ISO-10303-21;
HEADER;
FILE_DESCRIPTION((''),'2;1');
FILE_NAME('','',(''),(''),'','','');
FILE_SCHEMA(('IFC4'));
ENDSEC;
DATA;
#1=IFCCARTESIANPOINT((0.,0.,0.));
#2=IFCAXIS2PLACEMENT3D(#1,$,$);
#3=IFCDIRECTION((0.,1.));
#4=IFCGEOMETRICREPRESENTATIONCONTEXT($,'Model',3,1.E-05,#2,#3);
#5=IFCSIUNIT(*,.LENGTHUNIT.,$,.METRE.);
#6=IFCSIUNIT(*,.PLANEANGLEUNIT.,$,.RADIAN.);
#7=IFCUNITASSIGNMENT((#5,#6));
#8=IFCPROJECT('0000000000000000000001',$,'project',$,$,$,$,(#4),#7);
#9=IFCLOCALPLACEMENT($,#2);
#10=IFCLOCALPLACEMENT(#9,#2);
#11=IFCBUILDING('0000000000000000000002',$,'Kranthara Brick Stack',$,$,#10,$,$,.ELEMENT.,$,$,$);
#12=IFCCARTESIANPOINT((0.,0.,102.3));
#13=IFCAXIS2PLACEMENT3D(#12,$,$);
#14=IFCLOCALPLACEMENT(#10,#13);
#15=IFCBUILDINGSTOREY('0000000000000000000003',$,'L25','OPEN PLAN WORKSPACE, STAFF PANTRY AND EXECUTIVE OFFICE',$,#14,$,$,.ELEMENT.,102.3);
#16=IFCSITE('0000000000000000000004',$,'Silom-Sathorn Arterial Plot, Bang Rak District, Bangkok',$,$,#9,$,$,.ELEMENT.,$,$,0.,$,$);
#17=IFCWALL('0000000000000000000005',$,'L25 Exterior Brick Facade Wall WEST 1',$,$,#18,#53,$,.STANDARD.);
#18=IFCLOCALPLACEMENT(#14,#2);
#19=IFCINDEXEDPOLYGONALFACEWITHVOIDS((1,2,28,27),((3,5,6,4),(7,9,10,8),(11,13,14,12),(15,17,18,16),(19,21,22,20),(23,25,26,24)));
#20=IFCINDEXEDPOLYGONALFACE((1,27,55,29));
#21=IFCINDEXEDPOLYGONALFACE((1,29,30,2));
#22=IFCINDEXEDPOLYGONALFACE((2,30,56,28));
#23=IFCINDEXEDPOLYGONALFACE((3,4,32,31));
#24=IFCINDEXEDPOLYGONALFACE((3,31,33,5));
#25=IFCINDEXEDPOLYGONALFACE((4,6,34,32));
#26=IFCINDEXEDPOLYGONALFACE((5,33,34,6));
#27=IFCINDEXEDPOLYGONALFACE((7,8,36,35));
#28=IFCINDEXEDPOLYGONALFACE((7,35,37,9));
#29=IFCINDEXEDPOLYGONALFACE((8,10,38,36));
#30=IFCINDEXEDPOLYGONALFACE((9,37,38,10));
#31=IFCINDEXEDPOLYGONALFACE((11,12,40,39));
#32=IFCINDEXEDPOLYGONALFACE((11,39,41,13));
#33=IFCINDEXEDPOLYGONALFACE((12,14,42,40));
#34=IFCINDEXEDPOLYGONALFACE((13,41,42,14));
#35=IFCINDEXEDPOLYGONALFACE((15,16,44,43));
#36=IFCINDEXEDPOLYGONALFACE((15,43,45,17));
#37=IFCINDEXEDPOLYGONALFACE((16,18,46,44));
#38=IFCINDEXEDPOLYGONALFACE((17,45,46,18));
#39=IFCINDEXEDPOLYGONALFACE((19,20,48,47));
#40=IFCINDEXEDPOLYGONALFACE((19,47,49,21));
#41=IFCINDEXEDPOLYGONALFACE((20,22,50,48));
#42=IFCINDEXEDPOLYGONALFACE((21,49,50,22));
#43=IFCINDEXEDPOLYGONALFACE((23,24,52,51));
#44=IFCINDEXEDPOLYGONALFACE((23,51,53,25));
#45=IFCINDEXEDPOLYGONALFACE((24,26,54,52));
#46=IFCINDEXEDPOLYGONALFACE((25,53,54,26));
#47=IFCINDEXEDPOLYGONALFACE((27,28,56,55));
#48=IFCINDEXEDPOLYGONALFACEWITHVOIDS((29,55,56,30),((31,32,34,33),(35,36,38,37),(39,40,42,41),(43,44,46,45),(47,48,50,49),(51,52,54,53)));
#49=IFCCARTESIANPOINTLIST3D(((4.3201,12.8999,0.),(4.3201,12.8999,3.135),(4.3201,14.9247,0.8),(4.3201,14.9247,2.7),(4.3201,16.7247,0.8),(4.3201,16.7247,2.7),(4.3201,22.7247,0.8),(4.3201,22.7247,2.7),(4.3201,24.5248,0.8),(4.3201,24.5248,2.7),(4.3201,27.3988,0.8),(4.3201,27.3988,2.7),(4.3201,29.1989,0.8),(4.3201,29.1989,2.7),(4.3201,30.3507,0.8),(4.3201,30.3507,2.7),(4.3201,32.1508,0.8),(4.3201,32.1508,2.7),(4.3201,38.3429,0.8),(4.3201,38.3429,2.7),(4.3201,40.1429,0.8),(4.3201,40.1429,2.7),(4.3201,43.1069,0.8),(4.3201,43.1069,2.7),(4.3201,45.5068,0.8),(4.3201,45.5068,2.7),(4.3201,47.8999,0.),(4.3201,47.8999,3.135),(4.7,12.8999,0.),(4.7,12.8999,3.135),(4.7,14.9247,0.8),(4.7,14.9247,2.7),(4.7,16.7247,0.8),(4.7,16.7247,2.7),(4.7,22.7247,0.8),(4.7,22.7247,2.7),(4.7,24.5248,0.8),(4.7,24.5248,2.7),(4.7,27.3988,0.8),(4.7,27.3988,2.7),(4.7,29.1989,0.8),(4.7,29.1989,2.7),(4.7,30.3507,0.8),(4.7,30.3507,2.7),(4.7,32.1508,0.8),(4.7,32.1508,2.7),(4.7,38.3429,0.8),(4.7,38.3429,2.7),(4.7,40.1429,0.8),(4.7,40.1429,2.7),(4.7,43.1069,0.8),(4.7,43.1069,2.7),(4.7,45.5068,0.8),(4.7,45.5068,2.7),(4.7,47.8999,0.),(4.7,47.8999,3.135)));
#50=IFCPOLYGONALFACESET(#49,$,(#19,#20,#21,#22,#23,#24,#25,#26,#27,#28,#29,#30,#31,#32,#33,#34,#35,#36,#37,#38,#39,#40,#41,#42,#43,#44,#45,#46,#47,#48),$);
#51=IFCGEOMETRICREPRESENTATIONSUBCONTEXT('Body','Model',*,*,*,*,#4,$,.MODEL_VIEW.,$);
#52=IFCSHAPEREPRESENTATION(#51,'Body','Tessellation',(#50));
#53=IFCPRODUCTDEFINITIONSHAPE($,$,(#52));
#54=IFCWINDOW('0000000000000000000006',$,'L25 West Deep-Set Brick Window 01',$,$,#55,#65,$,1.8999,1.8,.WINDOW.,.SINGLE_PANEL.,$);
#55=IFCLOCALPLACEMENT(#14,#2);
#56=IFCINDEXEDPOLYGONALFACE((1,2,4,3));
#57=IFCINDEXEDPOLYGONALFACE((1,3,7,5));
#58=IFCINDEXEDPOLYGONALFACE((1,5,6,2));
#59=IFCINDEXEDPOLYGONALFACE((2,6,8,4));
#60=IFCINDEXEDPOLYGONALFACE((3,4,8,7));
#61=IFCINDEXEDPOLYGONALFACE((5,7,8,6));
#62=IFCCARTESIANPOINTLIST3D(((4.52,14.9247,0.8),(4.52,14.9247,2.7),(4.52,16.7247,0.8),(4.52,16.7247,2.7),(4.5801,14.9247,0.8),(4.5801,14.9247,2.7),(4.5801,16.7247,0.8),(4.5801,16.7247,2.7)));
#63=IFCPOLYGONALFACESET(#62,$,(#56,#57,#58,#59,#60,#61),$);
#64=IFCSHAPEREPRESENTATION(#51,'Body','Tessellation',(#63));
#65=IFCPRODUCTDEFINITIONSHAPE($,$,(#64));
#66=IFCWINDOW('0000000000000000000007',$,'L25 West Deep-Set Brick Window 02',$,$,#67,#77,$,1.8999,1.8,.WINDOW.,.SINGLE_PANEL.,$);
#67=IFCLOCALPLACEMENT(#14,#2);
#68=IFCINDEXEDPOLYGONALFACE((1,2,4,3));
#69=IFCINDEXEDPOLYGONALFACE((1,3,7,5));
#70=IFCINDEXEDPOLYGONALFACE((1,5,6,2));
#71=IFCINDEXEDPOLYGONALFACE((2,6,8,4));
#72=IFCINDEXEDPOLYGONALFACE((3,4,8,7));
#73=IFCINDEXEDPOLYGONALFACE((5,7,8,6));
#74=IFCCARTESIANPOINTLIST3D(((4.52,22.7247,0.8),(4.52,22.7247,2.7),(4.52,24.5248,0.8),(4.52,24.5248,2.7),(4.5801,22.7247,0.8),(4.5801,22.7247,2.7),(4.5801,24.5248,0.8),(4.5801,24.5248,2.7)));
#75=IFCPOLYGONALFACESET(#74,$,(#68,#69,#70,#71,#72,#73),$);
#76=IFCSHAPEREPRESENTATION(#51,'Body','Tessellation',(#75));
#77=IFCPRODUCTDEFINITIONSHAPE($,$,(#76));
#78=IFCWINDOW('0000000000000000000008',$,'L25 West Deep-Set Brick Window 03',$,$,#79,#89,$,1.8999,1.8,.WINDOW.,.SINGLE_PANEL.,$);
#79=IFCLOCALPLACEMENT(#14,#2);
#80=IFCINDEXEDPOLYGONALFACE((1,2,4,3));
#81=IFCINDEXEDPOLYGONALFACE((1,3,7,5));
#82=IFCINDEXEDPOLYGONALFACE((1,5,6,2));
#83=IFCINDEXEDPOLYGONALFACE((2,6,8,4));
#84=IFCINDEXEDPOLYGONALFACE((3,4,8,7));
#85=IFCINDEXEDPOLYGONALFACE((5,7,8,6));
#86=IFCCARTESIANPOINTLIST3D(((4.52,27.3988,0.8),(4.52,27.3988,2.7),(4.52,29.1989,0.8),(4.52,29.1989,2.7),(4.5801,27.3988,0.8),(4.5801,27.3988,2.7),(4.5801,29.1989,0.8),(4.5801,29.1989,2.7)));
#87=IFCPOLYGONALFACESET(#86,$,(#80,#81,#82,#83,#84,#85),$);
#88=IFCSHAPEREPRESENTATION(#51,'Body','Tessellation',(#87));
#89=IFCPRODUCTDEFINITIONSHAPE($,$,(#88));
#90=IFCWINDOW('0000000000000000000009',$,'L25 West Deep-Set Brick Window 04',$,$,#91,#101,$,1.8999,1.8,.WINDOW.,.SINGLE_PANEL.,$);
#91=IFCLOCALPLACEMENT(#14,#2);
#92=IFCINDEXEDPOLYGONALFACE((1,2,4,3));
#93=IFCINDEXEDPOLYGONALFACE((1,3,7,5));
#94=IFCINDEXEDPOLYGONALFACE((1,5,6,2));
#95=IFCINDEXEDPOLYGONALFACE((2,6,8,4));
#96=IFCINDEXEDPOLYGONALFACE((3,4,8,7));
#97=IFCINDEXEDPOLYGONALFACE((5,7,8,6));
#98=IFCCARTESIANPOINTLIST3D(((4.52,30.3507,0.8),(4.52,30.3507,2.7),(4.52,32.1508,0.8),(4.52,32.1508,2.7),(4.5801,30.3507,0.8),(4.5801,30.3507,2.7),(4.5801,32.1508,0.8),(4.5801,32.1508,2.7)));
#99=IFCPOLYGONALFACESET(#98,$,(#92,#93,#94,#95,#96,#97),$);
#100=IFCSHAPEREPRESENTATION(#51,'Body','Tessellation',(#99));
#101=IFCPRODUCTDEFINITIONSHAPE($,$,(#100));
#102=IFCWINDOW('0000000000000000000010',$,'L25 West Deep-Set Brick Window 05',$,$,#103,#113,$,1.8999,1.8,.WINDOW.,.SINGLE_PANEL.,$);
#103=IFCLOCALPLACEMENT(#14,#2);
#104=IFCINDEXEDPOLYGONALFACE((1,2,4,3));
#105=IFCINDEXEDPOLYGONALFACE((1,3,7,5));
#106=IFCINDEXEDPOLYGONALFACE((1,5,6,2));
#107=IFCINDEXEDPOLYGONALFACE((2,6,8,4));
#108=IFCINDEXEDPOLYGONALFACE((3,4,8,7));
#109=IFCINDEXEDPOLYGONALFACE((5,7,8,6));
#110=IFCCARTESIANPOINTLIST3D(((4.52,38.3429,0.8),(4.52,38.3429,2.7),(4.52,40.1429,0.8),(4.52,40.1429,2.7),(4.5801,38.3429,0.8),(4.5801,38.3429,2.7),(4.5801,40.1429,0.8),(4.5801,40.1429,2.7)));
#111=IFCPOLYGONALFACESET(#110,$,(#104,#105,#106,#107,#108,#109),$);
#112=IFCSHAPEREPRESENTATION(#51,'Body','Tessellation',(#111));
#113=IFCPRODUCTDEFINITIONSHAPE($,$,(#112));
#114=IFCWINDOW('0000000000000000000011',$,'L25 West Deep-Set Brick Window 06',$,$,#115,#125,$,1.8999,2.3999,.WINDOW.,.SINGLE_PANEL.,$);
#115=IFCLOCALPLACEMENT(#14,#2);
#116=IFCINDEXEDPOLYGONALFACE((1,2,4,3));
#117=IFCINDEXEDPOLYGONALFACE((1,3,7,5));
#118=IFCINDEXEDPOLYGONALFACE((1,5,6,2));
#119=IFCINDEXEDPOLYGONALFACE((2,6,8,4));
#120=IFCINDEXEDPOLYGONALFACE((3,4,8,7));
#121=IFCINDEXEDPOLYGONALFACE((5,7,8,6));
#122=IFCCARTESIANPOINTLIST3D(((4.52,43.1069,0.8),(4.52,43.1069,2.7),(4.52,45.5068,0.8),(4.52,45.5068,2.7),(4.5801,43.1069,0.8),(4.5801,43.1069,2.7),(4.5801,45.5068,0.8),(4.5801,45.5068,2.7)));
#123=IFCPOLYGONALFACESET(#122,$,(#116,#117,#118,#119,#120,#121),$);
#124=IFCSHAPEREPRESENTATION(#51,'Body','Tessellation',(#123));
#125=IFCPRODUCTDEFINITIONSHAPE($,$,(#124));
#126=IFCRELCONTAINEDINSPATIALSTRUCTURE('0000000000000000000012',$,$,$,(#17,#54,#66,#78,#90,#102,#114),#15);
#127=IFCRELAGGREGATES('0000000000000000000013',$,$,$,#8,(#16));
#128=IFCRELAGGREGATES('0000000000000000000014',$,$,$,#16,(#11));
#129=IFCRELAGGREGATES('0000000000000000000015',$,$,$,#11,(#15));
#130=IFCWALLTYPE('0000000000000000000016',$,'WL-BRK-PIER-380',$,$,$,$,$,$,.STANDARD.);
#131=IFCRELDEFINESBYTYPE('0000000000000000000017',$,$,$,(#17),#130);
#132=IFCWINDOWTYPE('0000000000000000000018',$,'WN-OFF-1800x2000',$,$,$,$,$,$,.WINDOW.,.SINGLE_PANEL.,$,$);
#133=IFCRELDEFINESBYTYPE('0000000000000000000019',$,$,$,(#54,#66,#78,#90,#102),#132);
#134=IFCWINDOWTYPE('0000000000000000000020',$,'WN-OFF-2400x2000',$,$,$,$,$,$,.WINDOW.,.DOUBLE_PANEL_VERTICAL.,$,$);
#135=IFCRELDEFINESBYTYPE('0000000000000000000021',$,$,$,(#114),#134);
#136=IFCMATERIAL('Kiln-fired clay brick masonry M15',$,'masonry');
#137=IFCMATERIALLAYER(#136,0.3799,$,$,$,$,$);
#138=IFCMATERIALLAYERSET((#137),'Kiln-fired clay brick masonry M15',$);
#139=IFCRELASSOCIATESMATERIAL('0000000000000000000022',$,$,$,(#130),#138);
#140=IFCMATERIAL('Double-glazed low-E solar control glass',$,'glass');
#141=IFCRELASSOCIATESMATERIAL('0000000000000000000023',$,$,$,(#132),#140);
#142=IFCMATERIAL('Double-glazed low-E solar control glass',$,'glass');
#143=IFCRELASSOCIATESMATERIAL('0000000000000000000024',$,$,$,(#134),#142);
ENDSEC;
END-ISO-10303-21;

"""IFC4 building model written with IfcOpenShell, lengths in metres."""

from ifc_helpers import new_model, si_unit, direction, frame, frame_2d, origin, place, context, subcontext, project, spatial, rectangle, extrude, material, layer, layer_set, type_object, element, fill, save


model = new_model("IFC4")

# Units and contexts
model_context = context("Model", 3, precision=1e-05, world=origin(), true_north=direction((0.0, 1.0)))
body_context = subcontext(model_context, "Body", "Model", "MODEL_VIEW")
ifc_project = project(units=[si_unit("LENGTHUNIT", "METRE"), si_unit("PLANEANGLEUNIT", "RADIAN")], contexts=[model_context])

# Site, building, storey
site_placement = place(None, origin())
site = spatial("IfcSite", under=ifc_project, at=site_placement, Name="Silom-Sathorn Arterial Plot, Bang Rak District, Bangkok", CompositionType="ELEMENT", RefElevation=0.0)
building_placement = place(site_placement, origin())
building = spatial("IfcBuilding", under=site, at=building_placement, Name="Kranthara Brick Stack", CompositionType="ELEMENT")
storey_placement = place(building_placement, frame((0.0, 0.0, 102.3)))
storey = spatial("IfcBuildingStorey", under=building, at=storey_placement, Name="L25", Description="OPEN PLAN WORKSPACE, STAFF PANTRY AND EXECUTIVE OFFICE", CompositionType="ELEMENT", Elevation=102.3)

# Wall, openings, windows
ifc_material_1 = material(Name="Kiln-fired clay brick masonry M15", Category="masonry")
ifc_layer_1 = layer(ifc_material_1, 0.3799)
ifc_layer_set_1 = layer_set([ifc_layer_1], Name="Kiln-fired clay brick masonry M15")
wall_type_1 = type_object("IfcWallType", Name="WL-BRK-PIER-380", PredefinedType="STANDARD", material=ifc_layer_set_1)
wall_1_placement = place(storey_placement, frame((4.51, 12.8999, 0.0), z_axis=(0.0, 0.0, 1.0), x_axis=(0.0, 1.0, 0.0)))
wall_1 = element("IfcWall", 1, at=wall_1_placement, inside=storey, type_object=wall_type_1, Name="L25 Exterior Brick Facade Wall WEST 1", PredefinedType="STANDARD", context=body_context, shape_type="SweptSolid", body=[
    extrude(rectangle(XDim=35.0, YDim=0.3799, at=frame_2d((17.5, 0.0))), origin(), (0.0, 0.0, 1.0), 3.135),
])
opening_1_placement = place(wall_1_placement, frame((2.0249, 0.0, 0.8)))
opening_1 = element("IfcOpeningElement", 2, at=opening_1_placement, cuts=wall_1, PredefinedType="OPENING", context=body_context, shape_type="SweptSolid", body=[
    extrude(rectangle(XDim=1.8, YDim=1.8999, at=frame_2d((0.8999, 0.95))), frame((0.0, 0.2, 0.0), z_axis=(0.0, -1.0, 0.0), x_axis=(1.0, 0.0, 0.0)), (0.0, 0.0, 1.0), 0.3999),
])
opening_2_placement = place(wall_1_placement, frame((9.825, 0.0, 0.8)))
opening_2 = element("IfcOpeningElement", 3, at=opening_2_placement, cuts=wall_1, PredefinedType="OPENING", context=body_context, shape_type="SweptSolid", body=[
    extrude(rectangle(XDim=1.8, YDim=1.8999, at=frame_2d((0.8999, 0.95))), frame((0.0, 0.2, 0.0), z_axis=(0.0, -1.0, 0.0), x_axis=(1.0, 0.0, 0.0)), (0.0, 0.0, 1.0), 0.3999),
])
opening_3_placement = place(wall_1_placement, frame((14.499, 0.0, 0.8)))
opening_3 = element("IfcOpeningElement", 4, at=opening_3_placement, cuts=wall_1, PredefinedType="OPENING", context=body_context, shape_type="SweptSolid", body=[
    extrude(rectangle(XDim=1.8, YDim=1.8999, at=frame_2d((0.8999, 0.95))), frame((0.0, 0.2, 0.0), z_axis=(0.0, -1.0, 0.0), x_axis=(1.0, 0.0, 0.0)), (0.0, 0.0, 1.0), 0.3999),
])
opening_4_placement = place(wall_1_placement, frame((17.4509, 0.0, 0.8)))
opening_4 = element("IfcOpeningElement", 5, at=opening_4_placement, cuts=wall_1, PredefinedType="OPENING", context=body_context, shape_type="SweptSolid", body=[
    extrude(rectangle(XDim=1.8, YDim=1.8999, at=frame_2d((0.8999, 0.95))), frame((0.0, 0.2, 0.0), z_axis=(0.0, -1.0, 0.0), x_axis=(1.0, 0.0, 0.0)), (0.0, 0.0, 1.0), 0.3999),
])
opening_5_placement = place(wall_1_placement, frame((25.4431, 0.0, 0.8)))
opening_5 = element("IfcOpeningElement", 6, at=opening_5_placement, cuts=wall_1, PredefinedType="OPENING", context=body_context, shape_type="SweptSolid", body=[
    extrude(rectangle(XDim=1.8, YDim=1.8999, at=frame_2d((0.8999, 0.95))), frame((0.0, 0.2, 0.0), z_axis=(0.0, -1.0, 0.0), x_axis=(1.0, 0.0, 0.0)), (0.0, 0.0, 1.0), 0.3999),
])
opening_6_placement = place(wall_1_placement, frame((30.207, 0.0, 0.8)))
opening_6 = element("IfcOpeningElement", 7, at=opening_6_placement, cuts=wall_1, PredefinedType="OPENING", context=body_context, shape_type="SweptSolid", body=[
    extrude(rectangle(XDim=2.3999, YDim=1.8999, at=frame_2d((1.2, 0.95))), frame((0.0, 0.2, 0.0), z_axis=(0.0, -1.0, 0.0), x_axis=(1.0, 0.0, 0.0)), (0.0, 0.0, 1.0), 0.3999),
])
ifc_material_2 = material(Name="Double-glazed low-E solar control glass", Category="glass")
window_type_1 = type_object("IfcWindowType", Name="WN-OFF-1800x2000", PartitioningType="SINGLE_PANEL", PredefinedType="WINDOW", material=ifc_material_2)
window_1_placement = place(opening_1_placement, origin())
window_1 = element("IfcWindow", 8, at=window_1_placement, inside=storey, type_object=window_type_1, Name="L25 West Deep-Set Brick Window 01", OverallHeight=1.8999, OverallWidth=1.8, PartitioningType="SINGLE_PANEL", PredefinedType="WINDOW", context=body_context, shape_type="SweptSolid", body=[
    extrude(rectangle(XDim=1.8, YDim=1.8999, at=frame_2d((0.8999, 0.95))), frame((0.0, -0.01, 0.0), z_axis=(0.0, -1.0, 0.0), x_axis=(1.0, 0.0, 0.0)), (0.0, 0.0, 1.0), 0.0601),
])
fill(opening_1, window_1)
window_2_placement = place(opening_2_placement, origin())
window_2 = element("IfcWindow", 9, at=window_2_placement, inside=storey, type_object=window_type_1, Name="L25 West Deep-Set Brick Window 02", OverallHeight=1.8999, OverallWidth=1.8, PartitioningType="SINGLE_PANEL", PredefinedType="WINDOW", context=body_context, shape_type="SweptSolid", body=[
    extrude(rectangle(XDim=1.8, YDim=1.8999, at=frame_2d((0.8999, 0.95))), frame((0.0, -0.01, 0.0), z_axis=(0.0, -1.0, 0.0), x_axis=(1.0, 0.0, 0.0)), (0.0, 0.0, 1.0), 0.0601),
])
fill(opening_2, window_2)
window_3_placement = place(opening_3_placement, origin())
window_3 = element("IfcWindow", 10, at=window_3_placement, inside=storey, type_object=window_type_1, Name="L25 West Deep-Set Brick Window 03", OverallHeight=1.8999, OverallWidth=1.8, PartitioningType="SINGLE_PANEL", PredefinedType="WINDOW", context=body_context, shape_type="SweptSolid", body=[
    extrude(rectangle(XDim=1.8, YDim=1.8999, at=frame_2d((0.8999, 0.95))), frame((0.0, -0.01, 0.0), z_axis=(0.0, -1.0, 0.0), x_axis=(1.0, 0.0, 0.0)), (0.0, 0.0, 1.0), 0.0601),
])
fill(opening_3, window_3)
window_4_placement = place(opening_4_placement, origin())
window_4 = element("IfcWindow", 11, at=window_4_placement, inside=storey, type_object=window_type_1, Name="L25 West Deep-Set Brick Window 04", OverallHeight=1.8999, OverallWidth=1.8, PartitioningType="SINGLE_PANEL", PredefinedType="WINDOW", context=body_context, shape_type="SweptSolid", body=[
    extrude(rectangle(XDim=1.8, YDim=1.8999, at=frame_2d((0.8999, 0.95))), frame((0.0, -0.01, 0.0), z_axis=(0.0, -1.0, 0.0), x_axis=(1.0, 0.0, 0.0)), (0.0, 0.0, 1.0), 0.0601),
])
fill(opening_4, window_4)
window_5_placement = place(opening_5_placement, origin())
window_5 = element("IfcWindow", 12, at=window_5_placement, inside=storey, type_object=window_type_1, Name="L25 West Deep-Set Brick Window 05", OverallHeight=1.8999, OverallWidth=1.8, PartitioningType="SINGLE_PANEL", PredefinedType="WINDOW", context=body_context, shape_type="SweptSolid", body=[
    extrude(rectangle(XDim=1.8, YDim=1.8999, at=frame_2d((0.8999, 0.95))), frame((0.0, -0.01, 0.0), z_axis=(0.0, -1.0, 0.0), x_axis=(1.0, 0.0, 0.0)), (0.0, 0.0, 1.0), 0.0601),
])
fill(opening_5, window_5)
ifc_material_3 = material(Name="Double-glazed low-E solar control glass", Category="glass")
window_type_2 = type_object("IfcWindowType", Name="WN-OFF-2400x2000", PartitioningType="DOUBLE_PANEL_VERTICAL", PredefinedType="WINDOW", material=ifc_material_3)
window_6_placement = place(opening_6_placement, origin())
window_6 = element("IfcWindow", 13, at=window_6_placement, inside=storey, type_object=window_type_2, Name="L25 West Deep-Set Brick Window 06", OverallHeight=1.8999, OverallWidth=2.3999, PartitioningType="SINGLE_PANEL", PredefinedType="WINDOW", context=body_context, shape_type="SweptSolid", body=[
    extrude(rectangle(XDim=2.3999, YDim=1.8999, at=frame_2d((1.2, 0.95))), frame((0.0, -0.01, 0.0), z_axis=(0.0, -1.0, 0.0), x_axis=(1.0, 0.0, 0.0)), (0.0, 0.0, 1.0), 0.0601),
])
fill(opening_6, window_6)

save(model, "model.ifc")
